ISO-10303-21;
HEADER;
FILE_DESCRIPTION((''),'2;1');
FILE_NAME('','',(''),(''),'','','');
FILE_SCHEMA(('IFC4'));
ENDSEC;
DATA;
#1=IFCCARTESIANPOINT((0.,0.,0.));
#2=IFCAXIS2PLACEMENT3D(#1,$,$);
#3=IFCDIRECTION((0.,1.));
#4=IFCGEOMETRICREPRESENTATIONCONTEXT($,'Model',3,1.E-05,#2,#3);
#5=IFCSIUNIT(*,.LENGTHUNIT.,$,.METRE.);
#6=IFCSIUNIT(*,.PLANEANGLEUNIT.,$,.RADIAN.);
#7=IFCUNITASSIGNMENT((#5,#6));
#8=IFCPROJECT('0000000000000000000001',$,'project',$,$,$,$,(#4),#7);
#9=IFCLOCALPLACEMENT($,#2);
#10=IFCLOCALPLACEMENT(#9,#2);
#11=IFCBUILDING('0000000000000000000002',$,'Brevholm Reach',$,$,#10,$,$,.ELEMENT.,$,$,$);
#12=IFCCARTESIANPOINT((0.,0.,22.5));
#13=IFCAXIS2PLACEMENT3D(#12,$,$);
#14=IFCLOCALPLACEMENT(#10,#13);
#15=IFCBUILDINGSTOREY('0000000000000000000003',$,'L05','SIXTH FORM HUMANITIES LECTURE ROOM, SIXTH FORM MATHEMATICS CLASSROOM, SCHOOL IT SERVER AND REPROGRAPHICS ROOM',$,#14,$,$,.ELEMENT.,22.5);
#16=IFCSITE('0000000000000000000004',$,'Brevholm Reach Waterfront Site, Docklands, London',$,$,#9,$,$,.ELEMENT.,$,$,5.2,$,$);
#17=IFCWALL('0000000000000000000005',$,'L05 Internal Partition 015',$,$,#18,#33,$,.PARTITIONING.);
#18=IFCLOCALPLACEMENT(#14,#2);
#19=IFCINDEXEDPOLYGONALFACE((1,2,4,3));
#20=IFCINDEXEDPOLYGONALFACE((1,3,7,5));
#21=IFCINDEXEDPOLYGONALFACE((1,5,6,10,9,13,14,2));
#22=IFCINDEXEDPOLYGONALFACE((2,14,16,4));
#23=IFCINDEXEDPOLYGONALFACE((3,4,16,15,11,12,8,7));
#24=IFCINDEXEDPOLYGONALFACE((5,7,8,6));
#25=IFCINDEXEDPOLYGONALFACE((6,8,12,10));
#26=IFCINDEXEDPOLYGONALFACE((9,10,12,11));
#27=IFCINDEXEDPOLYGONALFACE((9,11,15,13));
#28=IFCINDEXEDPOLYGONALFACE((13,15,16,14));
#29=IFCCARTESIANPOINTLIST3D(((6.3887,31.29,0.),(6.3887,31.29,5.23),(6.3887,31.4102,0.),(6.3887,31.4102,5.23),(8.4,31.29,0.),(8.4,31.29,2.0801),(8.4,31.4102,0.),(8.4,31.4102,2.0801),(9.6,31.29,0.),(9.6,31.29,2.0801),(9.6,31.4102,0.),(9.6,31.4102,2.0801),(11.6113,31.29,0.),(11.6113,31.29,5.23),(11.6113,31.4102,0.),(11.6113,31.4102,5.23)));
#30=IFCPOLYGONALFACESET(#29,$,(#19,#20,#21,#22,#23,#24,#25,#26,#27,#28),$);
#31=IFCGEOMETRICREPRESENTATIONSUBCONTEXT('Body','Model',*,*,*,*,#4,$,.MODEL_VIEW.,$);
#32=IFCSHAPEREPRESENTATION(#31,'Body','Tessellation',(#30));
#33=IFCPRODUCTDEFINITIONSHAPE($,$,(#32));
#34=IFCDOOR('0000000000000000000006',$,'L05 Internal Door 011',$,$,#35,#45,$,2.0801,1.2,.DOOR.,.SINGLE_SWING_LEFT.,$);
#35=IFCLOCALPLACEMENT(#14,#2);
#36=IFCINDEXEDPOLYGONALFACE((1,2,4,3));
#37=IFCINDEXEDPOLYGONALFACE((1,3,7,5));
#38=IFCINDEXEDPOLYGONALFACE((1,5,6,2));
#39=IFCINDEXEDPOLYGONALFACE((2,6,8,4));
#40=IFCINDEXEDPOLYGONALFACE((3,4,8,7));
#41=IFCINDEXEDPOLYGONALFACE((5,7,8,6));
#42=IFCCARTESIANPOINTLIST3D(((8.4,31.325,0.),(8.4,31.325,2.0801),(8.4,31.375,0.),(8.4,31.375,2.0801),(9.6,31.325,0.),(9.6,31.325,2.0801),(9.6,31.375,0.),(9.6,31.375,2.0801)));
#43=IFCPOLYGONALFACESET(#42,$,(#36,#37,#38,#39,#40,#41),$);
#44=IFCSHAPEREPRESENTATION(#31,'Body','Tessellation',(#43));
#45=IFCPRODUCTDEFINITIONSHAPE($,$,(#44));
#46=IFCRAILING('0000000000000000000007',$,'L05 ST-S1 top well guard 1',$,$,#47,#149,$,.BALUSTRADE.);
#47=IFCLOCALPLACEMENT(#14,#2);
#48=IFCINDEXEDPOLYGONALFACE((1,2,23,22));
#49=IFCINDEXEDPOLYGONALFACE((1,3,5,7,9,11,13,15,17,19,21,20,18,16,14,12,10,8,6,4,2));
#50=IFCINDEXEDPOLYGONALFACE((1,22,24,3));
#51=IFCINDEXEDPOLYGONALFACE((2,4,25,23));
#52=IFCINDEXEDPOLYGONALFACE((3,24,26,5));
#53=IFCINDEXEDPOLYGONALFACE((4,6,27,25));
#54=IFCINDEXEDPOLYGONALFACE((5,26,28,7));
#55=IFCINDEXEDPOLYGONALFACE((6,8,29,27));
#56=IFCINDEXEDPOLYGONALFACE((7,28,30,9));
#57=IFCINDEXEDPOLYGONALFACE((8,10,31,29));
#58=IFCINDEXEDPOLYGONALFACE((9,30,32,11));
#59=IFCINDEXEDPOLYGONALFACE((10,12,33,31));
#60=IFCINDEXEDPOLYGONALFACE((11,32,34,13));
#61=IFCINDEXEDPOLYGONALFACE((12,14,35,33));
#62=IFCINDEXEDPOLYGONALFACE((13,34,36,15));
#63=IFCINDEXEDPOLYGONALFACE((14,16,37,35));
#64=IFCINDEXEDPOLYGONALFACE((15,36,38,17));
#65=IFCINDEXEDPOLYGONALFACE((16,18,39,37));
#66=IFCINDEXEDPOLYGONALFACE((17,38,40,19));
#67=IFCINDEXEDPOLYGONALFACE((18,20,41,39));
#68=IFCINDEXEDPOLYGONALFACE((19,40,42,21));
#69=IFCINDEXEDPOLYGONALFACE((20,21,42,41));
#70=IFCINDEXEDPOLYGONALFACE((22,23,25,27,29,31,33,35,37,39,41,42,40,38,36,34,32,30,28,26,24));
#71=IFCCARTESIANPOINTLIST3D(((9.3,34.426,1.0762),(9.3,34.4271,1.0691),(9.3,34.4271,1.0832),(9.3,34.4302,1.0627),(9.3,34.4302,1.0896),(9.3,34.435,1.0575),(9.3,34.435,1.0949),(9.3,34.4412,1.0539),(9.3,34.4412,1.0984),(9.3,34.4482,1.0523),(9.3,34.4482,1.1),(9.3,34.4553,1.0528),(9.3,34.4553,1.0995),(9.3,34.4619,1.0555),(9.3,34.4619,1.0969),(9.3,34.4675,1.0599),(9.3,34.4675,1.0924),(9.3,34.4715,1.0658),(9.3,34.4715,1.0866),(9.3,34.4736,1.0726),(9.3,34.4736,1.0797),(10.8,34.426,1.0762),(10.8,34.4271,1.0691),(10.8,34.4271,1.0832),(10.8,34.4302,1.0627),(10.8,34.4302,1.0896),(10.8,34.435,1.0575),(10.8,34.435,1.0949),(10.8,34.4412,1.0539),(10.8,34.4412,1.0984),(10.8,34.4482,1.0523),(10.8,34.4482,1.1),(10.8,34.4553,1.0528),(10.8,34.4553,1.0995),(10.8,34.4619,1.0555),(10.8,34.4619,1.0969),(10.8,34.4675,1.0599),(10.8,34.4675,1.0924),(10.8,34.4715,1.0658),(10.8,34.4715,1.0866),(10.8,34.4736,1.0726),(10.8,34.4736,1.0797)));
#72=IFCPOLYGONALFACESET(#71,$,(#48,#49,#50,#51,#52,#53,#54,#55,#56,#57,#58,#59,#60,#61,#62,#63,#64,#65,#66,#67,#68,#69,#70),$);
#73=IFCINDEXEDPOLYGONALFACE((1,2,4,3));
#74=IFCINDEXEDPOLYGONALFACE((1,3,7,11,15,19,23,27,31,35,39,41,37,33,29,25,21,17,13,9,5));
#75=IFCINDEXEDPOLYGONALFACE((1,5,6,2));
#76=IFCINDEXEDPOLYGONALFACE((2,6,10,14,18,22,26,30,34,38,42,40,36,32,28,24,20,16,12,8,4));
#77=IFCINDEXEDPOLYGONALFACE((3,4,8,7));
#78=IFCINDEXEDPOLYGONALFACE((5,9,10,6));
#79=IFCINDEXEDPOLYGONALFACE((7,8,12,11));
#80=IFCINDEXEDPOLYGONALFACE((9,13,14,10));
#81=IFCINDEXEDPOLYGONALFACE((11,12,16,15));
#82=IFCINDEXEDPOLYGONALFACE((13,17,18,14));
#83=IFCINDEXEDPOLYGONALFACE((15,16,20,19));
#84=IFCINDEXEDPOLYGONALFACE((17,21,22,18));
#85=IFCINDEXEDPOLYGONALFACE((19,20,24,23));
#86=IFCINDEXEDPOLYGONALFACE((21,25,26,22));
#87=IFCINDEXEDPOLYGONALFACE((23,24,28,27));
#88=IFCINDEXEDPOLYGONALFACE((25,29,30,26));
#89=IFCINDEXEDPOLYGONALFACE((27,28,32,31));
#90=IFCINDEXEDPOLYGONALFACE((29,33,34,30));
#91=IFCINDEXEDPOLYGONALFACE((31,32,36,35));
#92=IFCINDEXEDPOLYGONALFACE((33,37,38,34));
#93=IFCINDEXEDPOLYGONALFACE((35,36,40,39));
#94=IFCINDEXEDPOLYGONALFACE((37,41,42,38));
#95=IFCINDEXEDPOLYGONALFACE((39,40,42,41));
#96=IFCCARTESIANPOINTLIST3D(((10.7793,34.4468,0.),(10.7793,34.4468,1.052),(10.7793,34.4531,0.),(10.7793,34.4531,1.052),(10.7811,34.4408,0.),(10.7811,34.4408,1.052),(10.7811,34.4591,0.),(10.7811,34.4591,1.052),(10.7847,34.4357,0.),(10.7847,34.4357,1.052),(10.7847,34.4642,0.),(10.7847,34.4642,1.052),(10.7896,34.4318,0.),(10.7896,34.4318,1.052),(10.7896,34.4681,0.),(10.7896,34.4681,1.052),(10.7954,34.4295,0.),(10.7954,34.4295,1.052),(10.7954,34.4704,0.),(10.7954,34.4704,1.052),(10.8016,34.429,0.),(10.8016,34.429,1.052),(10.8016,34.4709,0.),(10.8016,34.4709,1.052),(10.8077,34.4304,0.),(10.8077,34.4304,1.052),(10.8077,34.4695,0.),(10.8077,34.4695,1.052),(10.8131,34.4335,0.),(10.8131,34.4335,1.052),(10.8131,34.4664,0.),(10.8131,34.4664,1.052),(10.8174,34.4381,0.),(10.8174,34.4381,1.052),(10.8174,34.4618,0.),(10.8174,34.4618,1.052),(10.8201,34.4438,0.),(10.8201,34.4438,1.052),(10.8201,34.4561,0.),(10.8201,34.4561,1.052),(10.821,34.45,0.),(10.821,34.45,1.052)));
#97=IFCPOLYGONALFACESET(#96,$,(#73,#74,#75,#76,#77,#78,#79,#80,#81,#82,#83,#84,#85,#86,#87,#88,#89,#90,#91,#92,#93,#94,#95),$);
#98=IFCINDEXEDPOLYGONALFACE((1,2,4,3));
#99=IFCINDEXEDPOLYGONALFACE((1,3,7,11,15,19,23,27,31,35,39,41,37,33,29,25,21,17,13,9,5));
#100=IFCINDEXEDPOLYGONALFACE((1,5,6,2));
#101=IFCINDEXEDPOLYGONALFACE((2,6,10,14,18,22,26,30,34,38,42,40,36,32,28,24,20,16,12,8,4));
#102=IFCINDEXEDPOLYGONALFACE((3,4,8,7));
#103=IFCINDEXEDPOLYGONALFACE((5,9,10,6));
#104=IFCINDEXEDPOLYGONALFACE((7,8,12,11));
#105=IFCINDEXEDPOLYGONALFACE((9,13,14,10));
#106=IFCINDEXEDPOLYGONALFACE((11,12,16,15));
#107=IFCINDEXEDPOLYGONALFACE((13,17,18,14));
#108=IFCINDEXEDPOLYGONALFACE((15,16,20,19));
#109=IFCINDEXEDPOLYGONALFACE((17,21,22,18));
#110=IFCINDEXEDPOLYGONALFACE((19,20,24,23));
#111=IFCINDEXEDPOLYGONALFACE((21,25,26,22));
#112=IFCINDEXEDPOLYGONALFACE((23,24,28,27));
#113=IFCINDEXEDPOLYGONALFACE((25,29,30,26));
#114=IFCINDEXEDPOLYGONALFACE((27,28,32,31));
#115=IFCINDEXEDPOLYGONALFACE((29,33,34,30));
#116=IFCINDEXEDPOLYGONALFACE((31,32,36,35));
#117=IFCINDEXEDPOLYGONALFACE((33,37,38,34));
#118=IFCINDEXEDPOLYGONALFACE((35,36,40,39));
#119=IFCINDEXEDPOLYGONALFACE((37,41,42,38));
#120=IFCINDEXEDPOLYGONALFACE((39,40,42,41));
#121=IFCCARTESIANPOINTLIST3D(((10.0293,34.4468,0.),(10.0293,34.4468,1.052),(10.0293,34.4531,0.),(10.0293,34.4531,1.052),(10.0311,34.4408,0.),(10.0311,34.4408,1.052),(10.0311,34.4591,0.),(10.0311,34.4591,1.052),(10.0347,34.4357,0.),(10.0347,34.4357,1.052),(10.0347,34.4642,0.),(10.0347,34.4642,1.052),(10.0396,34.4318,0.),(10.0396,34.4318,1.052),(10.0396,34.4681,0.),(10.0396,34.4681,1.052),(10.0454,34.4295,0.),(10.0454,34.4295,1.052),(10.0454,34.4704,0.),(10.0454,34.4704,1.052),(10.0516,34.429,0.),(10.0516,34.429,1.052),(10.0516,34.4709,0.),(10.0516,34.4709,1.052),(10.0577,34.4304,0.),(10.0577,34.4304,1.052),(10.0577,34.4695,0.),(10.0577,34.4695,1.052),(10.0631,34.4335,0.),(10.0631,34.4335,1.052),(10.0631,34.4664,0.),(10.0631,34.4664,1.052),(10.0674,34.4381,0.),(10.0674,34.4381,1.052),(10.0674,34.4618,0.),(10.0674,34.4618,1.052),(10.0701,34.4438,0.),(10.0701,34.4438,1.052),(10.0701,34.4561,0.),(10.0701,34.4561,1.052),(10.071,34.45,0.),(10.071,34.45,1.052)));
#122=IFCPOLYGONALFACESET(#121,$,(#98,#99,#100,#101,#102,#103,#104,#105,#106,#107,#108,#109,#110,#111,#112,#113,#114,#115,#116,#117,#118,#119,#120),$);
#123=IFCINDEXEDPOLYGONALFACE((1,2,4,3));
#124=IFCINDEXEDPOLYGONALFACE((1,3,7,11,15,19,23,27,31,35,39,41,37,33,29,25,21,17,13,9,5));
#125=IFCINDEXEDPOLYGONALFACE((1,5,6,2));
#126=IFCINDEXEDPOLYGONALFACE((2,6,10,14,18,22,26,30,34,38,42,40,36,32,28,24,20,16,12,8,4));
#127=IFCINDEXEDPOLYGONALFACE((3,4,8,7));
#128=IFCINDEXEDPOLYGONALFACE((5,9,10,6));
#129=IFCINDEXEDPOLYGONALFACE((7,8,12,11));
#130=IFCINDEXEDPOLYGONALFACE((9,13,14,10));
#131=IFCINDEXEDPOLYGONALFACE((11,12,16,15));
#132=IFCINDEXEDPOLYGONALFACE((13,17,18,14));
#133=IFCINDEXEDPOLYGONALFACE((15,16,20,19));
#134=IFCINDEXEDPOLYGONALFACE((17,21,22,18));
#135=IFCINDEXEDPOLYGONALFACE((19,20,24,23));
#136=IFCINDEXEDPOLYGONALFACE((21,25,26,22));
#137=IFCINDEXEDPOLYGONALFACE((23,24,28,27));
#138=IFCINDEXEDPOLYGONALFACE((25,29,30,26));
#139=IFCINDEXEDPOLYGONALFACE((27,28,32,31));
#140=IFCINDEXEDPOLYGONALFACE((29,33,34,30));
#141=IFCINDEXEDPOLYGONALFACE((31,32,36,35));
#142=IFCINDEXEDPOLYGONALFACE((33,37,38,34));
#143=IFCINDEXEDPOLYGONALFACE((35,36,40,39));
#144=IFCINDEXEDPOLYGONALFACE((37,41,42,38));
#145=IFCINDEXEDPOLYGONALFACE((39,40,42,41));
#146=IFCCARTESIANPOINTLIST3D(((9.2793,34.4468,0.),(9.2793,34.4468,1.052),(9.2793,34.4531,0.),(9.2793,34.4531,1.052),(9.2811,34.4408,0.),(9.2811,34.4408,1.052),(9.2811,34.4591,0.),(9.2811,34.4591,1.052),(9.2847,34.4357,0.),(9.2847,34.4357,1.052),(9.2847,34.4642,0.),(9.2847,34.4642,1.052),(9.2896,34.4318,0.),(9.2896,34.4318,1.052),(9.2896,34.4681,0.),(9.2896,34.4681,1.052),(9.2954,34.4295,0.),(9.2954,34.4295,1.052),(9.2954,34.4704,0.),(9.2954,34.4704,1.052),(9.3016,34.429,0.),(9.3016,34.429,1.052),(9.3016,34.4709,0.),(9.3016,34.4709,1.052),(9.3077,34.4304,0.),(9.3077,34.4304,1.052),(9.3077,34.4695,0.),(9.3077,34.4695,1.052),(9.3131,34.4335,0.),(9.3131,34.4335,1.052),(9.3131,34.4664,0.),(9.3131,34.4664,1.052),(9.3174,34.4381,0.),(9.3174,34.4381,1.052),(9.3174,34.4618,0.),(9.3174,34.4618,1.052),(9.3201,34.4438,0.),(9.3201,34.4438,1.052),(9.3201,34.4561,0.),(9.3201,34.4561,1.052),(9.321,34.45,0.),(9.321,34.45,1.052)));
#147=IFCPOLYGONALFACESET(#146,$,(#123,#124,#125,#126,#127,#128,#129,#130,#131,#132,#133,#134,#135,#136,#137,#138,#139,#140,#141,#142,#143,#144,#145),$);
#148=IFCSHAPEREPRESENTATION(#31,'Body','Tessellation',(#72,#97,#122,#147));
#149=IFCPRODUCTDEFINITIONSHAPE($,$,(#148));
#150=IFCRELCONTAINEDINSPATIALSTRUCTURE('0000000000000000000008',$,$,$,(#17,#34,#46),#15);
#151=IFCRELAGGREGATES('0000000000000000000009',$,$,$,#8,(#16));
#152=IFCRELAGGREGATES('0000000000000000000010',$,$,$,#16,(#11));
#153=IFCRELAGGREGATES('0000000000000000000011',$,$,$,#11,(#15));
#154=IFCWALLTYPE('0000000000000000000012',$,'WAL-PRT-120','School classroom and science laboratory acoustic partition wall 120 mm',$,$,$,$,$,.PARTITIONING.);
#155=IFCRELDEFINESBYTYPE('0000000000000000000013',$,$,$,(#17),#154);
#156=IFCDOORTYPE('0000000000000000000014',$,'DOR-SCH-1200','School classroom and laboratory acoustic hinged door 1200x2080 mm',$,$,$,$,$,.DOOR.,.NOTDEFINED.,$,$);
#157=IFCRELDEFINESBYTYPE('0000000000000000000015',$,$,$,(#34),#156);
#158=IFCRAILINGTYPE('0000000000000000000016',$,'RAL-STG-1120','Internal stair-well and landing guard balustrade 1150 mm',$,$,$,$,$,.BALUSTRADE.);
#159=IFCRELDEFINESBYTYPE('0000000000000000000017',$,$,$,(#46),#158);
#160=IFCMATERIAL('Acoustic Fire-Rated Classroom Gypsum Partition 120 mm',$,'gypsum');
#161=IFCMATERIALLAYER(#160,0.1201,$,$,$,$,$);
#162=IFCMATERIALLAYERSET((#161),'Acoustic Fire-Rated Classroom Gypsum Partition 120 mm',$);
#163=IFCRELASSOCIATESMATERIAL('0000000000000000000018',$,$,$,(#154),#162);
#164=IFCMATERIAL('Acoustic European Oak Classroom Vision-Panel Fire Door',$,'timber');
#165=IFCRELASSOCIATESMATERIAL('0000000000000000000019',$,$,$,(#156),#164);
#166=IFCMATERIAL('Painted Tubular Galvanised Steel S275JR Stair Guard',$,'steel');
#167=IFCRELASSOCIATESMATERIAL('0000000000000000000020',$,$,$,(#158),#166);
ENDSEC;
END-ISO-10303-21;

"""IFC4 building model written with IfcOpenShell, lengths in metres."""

from ifc_helpers import new_model, si_unit, direction, frame, frame_2d, origin, origin_2d, place, context, subcontext, project, spatial, rectangle, circle, extrude, material, layer, layer_set, type_object, element, fill, save


model = new_model("IFC4")

# Units and contexts
model_context = context("Model", 3, precision=1e-05, world=origin(), true_north=direction((0.0, 1.0)))
body_context = subcontext(model_context, "Body", "Model", "MODEL_VIEW")
ifc_project = project(units=[si_unit("LENGTHUNIT", "METRE"), si_unit("PLANEANGLEUNIT", "RADIAN")], contexts=[model_context])

# Site, building, storey
site_placement = place(None, origin())
site = spatial("IfcSite", under=ifc_project, at=site_placement, Name="Brevholm Reach Waterfront Site, Docklands, London", CompositionType="ELEMENT", RefElevation=5.2)
building_placement = place(site_placement, origin())
building = spatial("IfcBuilding", under=site, at=building_placement, Name="Brevholm Reach", CompositionType="ELEMENT")
storey_placement = place(building_placement, frame((0.0, 0.0, 22.5)))
storey = spatial("IfcBuildingStorey", under=building, at=storey_placement, Name="L05", Description="SIXTH FORM HUMANITIES LECTURE ROOM, SIXTH FORM MATHEMATICS CLASSROOM, SCHOOL IT SERVER AND REPROGRAPHICS ROOM", CompositionType="ELEMENT", Elevation=22.5)

# Wall, opening, door
ifc_material_1 = material(Name="Acoustic Fire-Rated Classroom Gypsum Partition 120 mm", Category="gypsum")
ifc_layer_1 = layer(ifc_material_1, 0.1201)
ifc_layer_set_1 = layer_set([ifc_layer_1], Name="Acoustic Fire-Rated Classroom Gypsum Partition 120 mm")
wall_type_1 = type_object("IfcWallType", Name="WAL-PRT-120", Description="School classroom and science laboratory acoustic partition wall 120 mm", PredefinedType="PARTITIONING", material=ifc_layer_set_1)
wall_1_placement = place(storey_placement, frame((6.3887, 31.3501, 0.0), z_axis=(0.0, 0.0, 1.0), x_axis=(1.0, 0.0, 0.0)))
wall_1 = element("IfcWall", 1, at=wall_1_placement, inside=storey, type_object=wall_type_1, Name="L05 Internal Partition 015", PredefinedType="PARTITIONING", context=body_context, shape_type="SweptSolid", body=[
    extrude(rectangle(XDim=5.2227, YDim=0.1201, at=frame_2d((2.6113, 0.0))), origin(), (0.0, 0.0, 1.0), 5.23),
])
opening_1_placement = place(wall_1_placement, frame((2.0112, 0.0, 0.0)))
opening_1 = element("IfcOpeningElement", 2, at=opening_1_placement, cuts=wall_1, PredefinedType="OPENING", context=body_context, shape_type="SweptSolid", body=[
    extrude(rectangle(XDim=1.2, YDim=2.0801, at=frame_2d((0.6001, 1.04))), frame((0.0, 0.0701, 0.0), z_axis=(0.0, -1.0, 0.0), x_axis=(1.0, 0.0, 0.0)), (0.0, 0.0, 1.0), 0.1401),
])
ifc_material_2 = material(Name="Acoustic European Oak Classroom Vision-Panel Fire Door", Category="timber")
door_type_1 = type_object("IfcDoorType", Name="DOR-SCH-1200", Description="School classroom and laboratory acoustic hinged door 1200x2080 mm", OperationType="NOTDEFINED", PredefinedType="DOOR", material=ifc_material_2)
door_1_placement = place(opening_1_placement, origin())
door_1 = element("IfcDoor", 3, at=door_1_placement, inside=storey, type_object=door_type_1, Name="L05 Internal Door 011", OperationType="SINGLE_SWING_LEFT", OverallHeight=2.0801, OverallWidth=1.2, PredefinedType="DOOR", context=body_context, shape_type="SweptSolid", body=[
    extrude(rectangle(XDim=1.2, YDim=2.0801, at=frame_2d((0.6001, 1.04))), frame((0.0, 0.0249, 0.0), z_axis=(0.0, -1.0, 0.0), x_axis=(1.0, 0.0, 0.0)), (0.0, 0.0, 1.0), 0.05),
])
fill(opening_1, door_1)

# Railing
ifc_material_3 = material(Name="Painted Tubular Galvanised Steel S275JR Stair Guard", Category="steel")
railing_type = type_object("IfcRailingType", Name="RAL-STG-1120", Description="Internal stair-well and landing guard balustrade 1150 mm", PredefinedType="BALUSTRADE", material=ifc_material_3)
railing_placement = place(storey_placement, frame((10.8, 34.45, 0.0)))
element("IfcRailing", 4, at=railing_placement, inside=storey, type_object=railing_type, Name="L05 ST-S1 top well guard 1", PredefinedType="BALUSTRADE", context=body_context, shape_type="SweptSolid", body=[
    extrude(circle(Radius=0.0239, at=origin_2d()), frame((0.0, 0.0, 1.0762), z_axis=(-1.0, 0.0, 0.0), x_axis=(0.0, -1.0, 0.0)), (0.0, 0.0, 1.0), 1.5),
    extrude(circle(Radius=0.021, at=origin_2d()), origin(), (0.0, 0.0, 1.0), 1.052),
    extrude(circle(Radius=0.021, at=origin_2d()), frame((-0.75, 0.0, 0.0)), (0.0, 0.0, 1.0), 1.052),
    extrude(circle(Radius=0.021, at=origin_2d()), frame((-1.5, 0.0, 0.0)), (0.0, 0.0, 1.0), 1.052),
])

save(model, "model.ifc")
